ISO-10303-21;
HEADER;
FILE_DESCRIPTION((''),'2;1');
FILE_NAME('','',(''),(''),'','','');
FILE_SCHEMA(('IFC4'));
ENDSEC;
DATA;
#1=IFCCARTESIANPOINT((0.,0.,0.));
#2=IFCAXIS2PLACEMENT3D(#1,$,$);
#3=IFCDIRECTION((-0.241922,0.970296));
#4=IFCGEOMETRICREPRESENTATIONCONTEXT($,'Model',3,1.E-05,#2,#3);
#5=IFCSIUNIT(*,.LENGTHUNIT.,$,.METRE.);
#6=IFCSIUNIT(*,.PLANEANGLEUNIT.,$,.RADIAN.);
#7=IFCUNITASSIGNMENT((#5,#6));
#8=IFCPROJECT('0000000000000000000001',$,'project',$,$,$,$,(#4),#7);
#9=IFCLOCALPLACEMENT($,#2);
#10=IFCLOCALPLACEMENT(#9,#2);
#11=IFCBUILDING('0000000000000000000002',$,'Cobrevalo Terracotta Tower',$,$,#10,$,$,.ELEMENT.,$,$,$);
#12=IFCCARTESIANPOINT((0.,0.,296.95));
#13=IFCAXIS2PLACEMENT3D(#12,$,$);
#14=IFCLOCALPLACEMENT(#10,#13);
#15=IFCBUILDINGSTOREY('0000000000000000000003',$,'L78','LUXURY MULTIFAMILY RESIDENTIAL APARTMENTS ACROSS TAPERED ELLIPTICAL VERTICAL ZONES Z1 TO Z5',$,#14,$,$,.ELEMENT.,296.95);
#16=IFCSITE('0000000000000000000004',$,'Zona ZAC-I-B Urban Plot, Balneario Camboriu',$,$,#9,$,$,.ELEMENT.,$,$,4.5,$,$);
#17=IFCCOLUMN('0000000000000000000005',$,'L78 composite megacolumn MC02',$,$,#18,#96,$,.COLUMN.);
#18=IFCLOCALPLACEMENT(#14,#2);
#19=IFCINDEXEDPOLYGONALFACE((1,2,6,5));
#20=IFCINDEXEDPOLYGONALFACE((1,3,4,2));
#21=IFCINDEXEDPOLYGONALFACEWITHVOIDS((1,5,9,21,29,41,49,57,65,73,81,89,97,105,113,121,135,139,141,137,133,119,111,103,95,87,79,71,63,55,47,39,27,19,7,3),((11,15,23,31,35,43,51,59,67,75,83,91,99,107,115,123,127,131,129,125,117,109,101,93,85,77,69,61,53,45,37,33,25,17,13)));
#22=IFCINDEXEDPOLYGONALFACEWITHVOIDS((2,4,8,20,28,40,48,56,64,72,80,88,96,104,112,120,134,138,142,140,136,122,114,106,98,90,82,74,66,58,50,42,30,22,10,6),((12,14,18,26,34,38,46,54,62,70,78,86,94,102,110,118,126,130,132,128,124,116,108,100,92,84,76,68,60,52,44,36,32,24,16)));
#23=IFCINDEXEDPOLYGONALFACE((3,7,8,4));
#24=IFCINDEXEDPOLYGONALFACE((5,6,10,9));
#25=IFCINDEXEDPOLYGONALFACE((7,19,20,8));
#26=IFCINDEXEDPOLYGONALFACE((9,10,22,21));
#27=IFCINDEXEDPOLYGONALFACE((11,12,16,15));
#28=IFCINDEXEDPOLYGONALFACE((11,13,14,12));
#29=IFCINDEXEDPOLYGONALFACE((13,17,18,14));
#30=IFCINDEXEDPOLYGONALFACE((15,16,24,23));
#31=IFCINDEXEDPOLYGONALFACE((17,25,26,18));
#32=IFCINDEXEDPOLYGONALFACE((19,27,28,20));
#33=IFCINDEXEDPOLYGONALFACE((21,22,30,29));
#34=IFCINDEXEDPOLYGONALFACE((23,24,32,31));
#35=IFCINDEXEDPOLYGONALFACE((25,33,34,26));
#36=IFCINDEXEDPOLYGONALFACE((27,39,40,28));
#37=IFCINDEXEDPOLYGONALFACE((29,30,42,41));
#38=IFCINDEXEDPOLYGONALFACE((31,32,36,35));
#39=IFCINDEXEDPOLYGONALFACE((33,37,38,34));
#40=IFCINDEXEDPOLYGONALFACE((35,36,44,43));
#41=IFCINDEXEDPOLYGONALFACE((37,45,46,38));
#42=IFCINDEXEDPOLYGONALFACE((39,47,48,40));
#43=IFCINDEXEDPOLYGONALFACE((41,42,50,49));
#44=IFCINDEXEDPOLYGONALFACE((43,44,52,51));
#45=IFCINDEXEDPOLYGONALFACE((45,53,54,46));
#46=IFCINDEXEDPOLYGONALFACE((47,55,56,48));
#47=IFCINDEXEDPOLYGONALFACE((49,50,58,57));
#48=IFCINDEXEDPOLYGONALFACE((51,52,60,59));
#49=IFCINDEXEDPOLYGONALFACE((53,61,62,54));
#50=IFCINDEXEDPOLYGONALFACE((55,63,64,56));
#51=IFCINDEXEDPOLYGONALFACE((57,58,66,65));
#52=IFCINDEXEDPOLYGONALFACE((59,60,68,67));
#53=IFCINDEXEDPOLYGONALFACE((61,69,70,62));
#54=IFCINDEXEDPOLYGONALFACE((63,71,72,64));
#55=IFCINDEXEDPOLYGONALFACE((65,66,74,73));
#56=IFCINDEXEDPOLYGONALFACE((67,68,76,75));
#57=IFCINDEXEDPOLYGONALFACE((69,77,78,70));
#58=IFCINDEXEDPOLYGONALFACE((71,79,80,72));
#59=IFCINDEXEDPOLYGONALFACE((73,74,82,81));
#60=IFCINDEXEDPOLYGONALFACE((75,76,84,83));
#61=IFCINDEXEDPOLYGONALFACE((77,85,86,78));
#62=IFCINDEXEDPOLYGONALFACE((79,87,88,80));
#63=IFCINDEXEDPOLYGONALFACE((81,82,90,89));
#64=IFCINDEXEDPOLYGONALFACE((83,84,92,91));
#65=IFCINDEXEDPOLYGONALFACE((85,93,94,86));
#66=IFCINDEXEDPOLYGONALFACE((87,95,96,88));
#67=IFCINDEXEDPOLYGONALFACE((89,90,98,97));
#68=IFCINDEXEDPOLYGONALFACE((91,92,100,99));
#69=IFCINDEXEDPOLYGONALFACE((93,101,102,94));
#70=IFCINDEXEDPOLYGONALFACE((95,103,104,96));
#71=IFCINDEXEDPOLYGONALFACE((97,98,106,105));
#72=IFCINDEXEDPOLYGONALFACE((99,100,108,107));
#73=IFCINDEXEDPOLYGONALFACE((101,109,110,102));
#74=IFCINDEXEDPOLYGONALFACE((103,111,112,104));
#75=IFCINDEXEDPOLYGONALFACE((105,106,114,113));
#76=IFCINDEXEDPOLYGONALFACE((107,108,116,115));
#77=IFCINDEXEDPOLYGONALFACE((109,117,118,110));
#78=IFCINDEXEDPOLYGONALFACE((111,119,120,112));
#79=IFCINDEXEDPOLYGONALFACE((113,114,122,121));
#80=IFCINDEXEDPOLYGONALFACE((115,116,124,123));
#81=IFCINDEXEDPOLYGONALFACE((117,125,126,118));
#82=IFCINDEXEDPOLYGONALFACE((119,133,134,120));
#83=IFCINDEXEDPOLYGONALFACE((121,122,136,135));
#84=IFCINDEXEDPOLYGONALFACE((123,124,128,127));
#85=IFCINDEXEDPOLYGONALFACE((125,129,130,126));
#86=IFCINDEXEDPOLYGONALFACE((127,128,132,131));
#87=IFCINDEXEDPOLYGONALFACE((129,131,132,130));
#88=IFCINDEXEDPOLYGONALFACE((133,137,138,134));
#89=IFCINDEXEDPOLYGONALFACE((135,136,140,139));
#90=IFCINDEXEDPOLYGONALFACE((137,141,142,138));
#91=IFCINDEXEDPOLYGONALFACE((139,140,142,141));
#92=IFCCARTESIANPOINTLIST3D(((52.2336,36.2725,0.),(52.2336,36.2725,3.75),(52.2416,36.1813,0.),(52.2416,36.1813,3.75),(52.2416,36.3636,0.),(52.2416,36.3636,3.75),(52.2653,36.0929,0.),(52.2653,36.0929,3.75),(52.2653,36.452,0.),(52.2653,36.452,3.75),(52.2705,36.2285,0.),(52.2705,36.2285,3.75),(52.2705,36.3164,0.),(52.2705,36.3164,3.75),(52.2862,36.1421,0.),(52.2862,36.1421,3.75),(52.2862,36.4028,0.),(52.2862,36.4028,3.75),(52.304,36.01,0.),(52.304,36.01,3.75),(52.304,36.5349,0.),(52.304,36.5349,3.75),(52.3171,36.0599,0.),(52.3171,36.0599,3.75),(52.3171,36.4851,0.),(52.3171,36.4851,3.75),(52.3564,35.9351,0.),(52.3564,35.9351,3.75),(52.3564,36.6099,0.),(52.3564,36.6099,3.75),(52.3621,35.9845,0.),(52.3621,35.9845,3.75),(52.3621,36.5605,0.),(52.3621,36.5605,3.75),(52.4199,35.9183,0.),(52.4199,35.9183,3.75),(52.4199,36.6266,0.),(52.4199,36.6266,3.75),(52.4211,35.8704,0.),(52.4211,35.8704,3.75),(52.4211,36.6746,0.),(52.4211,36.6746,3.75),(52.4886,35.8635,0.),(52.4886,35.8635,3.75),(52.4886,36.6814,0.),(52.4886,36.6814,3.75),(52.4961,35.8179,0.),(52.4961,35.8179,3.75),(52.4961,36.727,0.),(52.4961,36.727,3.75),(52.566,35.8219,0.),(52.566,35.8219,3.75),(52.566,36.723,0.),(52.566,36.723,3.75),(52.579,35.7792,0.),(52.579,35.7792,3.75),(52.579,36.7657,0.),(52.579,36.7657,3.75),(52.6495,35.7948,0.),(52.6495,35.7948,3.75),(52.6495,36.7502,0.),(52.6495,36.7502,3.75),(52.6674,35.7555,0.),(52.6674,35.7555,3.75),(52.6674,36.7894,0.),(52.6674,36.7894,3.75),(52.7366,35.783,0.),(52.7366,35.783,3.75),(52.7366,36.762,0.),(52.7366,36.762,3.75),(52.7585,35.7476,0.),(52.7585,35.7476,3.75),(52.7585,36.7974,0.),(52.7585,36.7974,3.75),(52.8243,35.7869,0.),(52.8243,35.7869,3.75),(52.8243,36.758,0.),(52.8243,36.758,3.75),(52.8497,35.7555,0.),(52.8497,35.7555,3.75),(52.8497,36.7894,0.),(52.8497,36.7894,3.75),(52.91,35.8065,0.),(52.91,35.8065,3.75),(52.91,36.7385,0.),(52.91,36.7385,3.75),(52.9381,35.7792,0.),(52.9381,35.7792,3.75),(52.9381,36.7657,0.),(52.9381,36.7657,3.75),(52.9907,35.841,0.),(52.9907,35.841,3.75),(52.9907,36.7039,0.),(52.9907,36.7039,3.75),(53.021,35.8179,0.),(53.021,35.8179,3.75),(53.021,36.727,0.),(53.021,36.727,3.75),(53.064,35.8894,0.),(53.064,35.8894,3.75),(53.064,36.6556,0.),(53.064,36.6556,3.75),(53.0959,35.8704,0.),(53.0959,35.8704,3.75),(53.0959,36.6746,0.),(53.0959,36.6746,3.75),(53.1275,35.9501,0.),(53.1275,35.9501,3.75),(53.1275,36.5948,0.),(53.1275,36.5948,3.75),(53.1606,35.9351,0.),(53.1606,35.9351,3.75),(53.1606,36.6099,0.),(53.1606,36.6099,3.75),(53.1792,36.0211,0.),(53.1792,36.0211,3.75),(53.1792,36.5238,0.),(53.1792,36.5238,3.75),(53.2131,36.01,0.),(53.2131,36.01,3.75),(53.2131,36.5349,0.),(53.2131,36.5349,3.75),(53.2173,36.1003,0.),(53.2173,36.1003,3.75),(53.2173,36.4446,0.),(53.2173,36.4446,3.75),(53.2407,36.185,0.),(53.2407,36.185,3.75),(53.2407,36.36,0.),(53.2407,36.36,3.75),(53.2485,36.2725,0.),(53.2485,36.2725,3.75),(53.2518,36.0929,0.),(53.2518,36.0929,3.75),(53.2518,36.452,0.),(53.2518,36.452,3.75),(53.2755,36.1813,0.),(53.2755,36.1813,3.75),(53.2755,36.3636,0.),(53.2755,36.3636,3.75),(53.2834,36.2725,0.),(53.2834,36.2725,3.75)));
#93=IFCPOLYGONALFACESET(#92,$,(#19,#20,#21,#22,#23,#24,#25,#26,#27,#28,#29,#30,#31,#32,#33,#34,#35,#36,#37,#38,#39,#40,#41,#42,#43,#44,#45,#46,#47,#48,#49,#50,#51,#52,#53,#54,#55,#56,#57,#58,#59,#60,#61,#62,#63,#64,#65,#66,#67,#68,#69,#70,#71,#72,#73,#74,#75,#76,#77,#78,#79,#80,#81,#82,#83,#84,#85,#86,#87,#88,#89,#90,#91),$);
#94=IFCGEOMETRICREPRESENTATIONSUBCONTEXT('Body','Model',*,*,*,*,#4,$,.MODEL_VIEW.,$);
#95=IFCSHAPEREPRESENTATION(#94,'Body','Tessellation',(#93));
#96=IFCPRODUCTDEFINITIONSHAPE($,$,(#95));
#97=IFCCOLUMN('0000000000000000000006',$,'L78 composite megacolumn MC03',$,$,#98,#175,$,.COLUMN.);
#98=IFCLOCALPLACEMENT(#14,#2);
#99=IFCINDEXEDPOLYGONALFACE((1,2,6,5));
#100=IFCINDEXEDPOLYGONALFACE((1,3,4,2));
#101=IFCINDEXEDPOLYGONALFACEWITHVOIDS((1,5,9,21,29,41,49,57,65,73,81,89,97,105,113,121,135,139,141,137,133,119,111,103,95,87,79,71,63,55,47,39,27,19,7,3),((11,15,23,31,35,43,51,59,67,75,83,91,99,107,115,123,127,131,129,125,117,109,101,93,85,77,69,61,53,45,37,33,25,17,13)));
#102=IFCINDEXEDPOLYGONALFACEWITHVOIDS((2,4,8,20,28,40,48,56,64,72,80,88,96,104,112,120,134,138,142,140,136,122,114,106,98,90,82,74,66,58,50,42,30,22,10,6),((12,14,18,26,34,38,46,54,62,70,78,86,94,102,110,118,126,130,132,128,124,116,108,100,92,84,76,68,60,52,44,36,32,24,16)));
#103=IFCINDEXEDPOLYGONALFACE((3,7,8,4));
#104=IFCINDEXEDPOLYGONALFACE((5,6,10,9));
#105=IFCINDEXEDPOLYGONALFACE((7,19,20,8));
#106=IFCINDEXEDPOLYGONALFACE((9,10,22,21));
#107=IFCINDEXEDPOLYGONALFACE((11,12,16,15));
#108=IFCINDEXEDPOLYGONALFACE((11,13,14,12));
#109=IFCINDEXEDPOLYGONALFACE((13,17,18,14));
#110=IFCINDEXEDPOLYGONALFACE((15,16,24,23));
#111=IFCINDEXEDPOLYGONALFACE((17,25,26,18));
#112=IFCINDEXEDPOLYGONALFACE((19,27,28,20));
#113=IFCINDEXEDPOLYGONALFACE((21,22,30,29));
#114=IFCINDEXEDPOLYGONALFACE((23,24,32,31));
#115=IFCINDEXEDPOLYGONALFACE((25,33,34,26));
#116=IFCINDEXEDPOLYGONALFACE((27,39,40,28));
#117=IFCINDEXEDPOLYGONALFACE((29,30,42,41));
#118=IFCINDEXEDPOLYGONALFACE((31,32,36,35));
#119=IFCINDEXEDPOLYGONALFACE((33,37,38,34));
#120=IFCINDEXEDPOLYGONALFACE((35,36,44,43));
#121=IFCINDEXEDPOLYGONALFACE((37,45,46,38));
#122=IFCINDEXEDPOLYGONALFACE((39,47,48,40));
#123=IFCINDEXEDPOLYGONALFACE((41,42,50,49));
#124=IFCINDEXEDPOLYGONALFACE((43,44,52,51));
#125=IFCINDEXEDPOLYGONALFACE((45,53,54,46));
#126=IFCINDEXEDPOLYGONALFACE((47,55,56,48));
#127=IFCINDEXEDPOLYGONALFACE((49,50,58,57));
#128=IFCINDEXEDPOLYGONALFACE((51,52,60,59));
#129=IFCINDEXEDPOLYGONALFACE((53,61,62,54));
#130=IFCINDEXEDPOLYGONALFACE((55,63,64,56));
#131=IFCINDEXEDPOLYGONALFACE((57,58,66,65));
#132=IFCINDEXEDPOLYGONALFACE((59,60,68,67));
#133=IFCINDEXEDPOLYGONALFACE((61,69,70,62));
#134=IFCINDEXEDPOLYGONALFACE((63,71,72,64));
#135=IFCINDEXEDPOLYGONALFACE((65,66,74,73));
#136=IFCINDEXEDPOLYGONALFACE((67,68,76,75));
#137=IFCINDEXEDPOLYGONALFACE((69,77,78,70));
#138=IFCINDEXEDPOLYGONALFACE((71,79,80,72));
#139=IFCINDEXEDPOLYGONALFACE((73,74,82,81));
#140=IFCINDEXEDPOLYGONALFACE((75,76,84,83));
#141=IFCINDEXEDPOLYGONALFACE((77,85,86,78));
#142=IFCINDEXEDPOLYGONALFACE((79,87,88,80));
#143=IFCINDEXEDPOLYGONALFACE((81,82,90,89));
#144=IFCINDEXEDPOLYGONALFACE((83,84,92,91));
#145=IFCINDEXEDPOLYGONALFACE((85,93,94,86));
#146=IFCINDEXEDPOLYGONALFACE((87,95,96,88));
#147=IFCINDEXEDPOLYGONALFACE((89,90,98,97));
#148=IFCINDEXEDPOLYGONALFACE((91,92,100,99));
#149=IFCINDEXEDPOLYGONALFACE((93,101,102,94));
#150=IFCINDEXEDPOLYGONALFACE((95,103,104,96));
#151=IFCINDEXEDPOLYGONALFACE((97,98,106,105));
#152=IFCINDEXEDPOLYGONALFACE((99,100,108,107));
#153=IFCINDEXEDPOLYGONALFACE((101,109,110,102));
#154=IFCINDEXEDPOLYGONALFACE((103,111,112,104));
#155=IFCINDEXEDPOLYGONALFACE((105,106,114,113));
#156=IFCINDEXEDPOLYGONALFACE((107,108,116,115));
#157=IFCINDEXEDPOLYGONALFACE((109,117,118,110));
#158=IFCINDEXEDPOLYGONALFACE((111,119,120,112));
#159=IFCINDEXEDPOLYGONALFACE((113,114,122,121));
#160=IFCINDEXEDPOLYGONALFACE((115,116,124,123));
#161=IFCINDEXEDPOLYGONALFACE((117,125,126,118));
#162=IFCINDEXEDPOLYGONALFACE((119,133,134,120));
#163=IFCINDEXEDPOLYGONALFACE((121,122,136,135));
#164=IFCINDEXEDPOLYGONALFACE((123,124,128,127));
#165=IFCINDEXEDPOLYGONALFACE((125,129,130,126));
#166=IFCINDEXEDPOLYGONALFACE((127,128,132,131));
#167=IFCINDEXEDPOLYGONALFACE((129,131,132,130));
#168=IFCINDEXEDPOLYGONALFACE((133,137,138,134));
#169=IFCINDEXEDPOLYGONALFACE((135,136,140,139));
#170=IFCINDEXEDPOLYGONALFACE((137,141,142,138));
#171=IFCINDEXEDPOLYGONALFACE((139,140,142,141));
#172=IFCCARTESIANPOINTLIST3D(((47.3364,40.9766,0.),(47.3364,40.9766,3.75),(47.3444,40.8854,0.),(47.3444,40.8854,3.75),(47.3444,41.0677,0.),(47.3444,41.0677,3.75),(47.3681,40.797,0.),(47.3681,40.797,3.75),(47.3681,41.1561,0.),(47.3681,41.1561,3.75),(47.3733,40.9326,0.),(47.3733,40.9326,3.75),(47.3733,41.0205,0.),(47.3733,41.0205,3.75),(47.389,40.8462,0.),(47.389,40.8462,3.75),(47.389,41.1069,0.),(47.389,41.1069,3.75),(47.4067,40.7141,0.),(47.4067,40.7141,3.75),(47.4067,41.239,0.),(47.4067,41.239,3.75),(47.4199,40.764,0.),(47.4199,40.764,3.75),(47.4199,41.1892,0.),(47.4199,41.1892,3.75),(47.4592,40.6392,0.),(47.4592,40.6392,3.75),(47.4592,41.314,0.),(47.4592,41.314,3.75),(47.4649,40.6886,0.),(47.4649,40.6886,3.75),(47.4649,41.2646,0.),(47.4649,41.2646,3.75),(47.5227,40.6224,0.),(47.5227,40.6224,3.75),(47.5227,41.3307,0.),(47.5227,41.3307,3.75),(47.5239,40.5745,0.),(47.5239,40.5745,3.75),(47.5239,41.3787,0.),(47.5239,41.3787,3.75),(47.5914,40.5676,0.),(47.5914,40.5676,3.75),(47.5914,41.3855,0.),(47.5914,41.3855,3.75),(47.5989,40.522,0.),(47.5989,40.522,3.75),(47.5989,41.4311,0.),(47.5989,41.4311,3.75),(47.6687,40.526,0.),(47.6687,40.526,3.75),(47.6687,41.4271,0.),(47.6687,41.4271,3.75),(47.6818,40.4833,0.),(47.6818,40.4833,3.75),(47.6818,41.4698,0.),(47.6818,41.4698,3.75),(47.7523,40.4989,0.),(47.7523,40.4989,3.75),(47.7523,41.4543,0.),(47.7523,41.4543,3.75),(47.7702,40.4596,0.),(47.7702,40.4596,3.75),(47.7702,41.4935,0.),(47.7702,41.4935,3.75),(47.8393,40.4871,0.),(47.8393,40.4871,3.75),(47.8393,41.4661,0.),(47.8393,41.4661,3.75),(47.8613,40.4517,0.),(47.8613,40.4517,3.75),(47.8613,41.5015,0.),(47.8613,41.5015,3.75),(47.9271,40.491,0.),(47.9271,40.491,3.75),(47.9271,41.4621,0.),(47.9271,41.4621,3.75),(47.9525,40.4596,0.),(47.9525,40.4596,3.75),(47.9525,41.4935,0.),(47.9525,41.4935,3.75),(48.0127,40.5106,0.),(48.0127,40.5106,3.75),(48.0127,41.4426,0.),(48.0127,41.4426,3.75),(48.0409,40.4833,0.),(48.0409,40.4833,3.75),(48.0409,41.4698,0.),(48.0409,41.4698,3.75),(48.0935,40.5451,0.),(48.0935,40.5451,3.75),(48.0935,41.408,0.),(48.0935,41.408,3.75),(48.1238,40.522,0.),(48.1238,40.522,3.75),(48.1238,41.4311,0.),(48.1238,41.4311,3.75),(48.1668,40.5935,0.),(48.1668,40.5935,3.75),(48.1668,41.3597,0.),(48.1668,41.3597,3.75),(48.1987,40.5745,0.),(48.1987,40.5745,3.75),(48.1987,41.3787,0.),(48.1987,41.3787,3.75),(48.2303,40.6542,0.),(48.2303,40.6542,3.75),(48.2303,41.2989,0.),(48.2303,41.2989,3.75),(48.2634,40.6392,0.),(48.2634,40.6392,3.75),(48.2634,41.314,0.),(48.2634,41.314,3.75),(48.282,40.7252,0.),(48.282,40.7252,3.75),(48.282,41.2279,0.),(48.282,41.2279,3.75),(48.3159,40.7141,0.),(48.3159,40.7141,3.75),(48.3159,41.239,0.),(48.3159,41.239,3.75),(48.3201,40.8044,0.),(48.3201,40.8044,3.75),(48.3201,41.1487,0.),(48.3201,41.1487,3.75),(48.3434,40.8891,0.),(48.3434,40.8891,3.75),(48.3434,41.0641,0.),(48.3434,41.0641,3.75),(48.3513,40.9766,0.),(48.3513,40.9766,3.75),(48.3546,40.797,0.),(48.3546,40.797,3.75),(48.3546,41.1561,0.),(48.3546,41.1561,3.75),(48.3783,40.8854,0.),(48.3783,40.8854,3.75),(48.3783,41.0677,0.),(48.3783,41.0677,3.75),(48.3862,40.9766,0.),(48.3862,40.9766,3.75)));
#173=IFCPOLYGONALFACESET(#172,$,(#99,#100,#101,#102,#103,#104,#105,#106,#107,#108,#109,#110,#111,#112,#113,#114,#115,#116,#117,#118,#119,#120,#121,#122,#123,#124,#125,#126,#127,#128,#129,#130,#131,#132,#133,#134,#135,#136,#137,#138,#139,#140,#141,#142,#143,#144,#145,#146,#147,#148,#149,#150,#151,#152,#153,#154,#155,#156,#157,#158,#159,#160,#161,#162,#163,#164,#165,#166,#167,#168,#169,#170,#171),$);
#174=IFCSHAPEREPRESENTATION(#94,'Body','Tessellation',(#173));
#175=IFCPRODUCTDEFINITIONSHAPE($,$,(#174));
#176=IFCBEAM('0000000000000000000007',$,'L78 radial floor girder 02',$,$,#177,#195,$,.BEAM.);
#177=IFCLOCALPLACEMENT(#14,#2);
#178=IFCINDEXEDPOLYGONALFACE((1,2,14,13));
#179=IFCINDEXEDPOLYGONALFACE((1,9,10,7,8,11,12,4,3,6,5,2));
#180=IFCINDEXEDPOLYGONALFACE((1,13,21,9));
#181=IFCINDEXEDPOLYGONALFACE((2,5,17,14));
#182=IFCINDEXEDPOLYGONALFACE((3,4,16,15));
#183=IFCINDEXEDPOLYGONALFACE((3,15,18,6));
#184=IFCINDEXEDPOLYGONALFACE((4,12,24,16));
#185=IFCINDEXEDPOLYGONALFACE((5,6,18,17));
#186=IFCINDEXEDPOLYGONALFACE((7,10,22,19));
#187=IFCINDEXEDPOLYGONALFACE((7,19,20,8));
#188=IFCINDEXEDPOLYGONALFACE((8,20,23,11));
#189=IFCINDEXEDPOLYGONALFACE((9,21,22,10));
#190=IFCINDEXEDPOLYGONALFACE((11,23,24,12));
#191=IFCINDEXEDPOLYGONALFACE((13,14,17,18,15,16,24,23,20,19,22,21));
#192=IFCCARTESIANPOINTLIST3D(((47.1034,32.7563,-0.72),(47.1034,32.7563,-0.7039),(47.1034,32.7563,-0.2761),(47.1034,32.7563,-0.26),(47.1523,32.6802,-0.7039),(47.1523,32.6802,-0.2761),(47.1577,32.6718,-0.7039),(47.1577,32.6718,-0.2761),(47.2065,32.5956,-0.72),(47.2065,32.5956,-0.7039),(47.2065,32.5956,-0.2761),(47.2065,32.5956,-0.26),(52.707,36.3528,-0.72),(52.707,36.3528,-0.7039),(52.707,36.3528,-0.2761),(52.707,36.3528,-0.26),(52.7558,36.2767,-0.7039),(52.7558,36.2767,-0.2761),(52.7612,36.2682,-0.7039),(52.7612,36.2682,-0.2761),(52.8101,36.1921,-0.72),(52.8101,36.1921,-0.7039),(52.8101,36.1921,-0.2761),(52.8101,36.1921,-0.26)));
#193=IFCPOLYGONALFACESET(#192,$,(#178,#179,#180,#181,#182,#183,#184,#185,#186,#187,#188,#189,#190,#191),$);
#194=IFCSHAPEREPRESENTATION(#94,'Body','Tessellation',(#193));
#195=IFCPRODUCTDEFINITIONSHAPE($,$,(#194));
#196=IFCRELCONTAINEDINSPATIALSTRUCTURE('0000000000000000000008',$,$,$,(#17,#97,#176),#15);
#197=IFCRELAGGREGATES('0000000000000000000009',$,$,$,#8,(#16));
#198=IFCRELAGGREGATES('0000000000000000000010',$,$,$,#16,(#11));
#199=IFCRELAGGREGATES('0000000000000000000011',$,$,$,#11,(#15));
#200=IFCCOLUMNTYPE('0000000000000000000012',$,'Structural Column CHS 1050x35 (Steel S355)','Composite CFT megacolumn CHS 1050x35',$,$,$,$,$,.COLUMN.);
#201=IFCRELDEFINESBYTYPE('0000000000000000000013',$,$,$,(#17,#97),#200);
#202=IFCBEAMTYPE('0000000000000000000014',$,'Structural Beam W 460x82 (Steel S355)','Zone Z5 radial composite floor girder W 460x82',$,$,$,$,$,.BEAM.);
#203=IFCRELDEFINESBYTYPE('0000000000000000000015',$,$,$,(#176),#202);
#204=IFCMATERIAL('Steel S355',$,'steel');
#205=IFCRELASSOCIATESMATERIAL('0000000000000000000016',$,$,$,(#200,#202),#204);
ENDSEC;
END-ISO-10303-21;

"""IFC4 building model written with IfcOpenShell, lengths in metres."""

from ifc_helpers import new_model, si_unit, direction, frame, origin, origin_2d, place, context, subcontext, project, spatial, hollow_circle, i_section, extrude, material, material_profile, profile_set, type_object, element, save


model = new_model("IFC4")

# Units and contexts
model_context = context("Model", 3, precision=1e-05, world=origin(), true_north=direction((-0.241922, 0.970296)))
body_context = subcontext(model_context, "Body", "Model", "MODEL_VIEW")
ifc_project = project(units=[si_unit("LENGTHUNIT", "METRE"), si_unit("PLANEANGLEUNIT", "RADIAN")], contexts=[model_context])

# Site, building, storey
site_placement = place(None, origin())
site = spatial("IfcSite", under=ifc_project, at=site_placement, Name="Zona ZAC-I-B Urban Plot, Balneario Camboriu", CompositionType="ELEMENT", RefElevation=4.5)
building_placement = place(site_placement, origin())
building = spatial("IfcBuilding", under=site, at=building_placement, Name="Cobrevalo Terracotta Tower", CompositionType="ELEMENT")
storey_placement = place(building_placement, frame((0.0, 0.0, 296.95)))
storey = spatial("IfcBuildingStorey", under=building, at=storey_placement, Name="L78", Description="LUXURY MULTIFAMILY RESIDENTIAL APARTMENTS ACROSS TAPERED ELLIPTICAL VERTICAL ZONES Z1 TO Z5", CompositionType="ELEMENT", Elevation=296.95)

# Columns
ifc_material_1 = material(Name="Steel S355", Category="steel")
ifc_material_profile_1 = material_profile(ifc_material_1, hollow_circle(Radius=0.5249, WallThickness=0.0349, at=origin_2d()), Name="CHS 1050x35")
ifc_profile_set_1 = profile_set([ifc_material_profile_1], Name="Steel S355")
column_type = type_object("IfcColumnType", Name="Structural Column CHS 1050x35 (Steel S355)", Description="Composite CFT megacolumn CHS 1050x35", PredefinedType="COLUMN", material=ifc_profile_set_1)
for number, where, z_axis, x_axis, name in (
    (1, (52.7585, 36.2725, 0.0), (0.0, 0.0, 1.0), (1.0, 0.0, 0.0), "L78 composite megacolumn MC02"),
    (2, (47.8613, 40.9766, 0.0), (0.0, 0.0, 1.0), (1.0, 0.0, 0.0), "L78 composite megacolumn MC03"),
):
    element("IfcColumn", number, at=place(storey_placement, frame(where, z_axis=z_axis, x_axis=x_axis)), inside=storey, type_object=column_type, Name=name, PredefinedType="COLUMN", context=body_context, shape_type="SweptSolid", body=[
        extrude(hollow_circle(Radius=0.5249, WallThickness=0.0349, at=origin_2d()), origin(), (0.0, 0.0, 1.0), 3.75),
    ])

# Beam
ifc_material_profile_2 = material_profile(ifc_material_1, i_section(OverallWidth=0.1909, OverallDepth=0.46, WebThickness=0.01, FlangeThickness=0.0161, at=origin_2d()), Name="W 460x82")
ifc_profile_set_2 = profile_set([ifc_material_profile_2], Name="Steel S355")
beam_type_1 = type_object("IfcBeamType", Name="Structural Beam W 460x82 (Steel S355)", Description="Zone Z5 radial composite floor girder W 460x82", PredefinedType="BEAM", material=ifc_profile_set_2)
beam_1_placement = place(storey_placement, frame((52.7585, 36.2725, -0.49), z_axis=(-0.841576, -0.540138, 0.0), x_axis=(0.540138, -0.841576, 0.0)))
element("IfcBeam", 3, at=beam_1_placement, inside=storey, type_object=beam_type_1, Name="L78 radial floor girder 02", PredefinedType="BEAM", context=body_context, shape_type="SweptSolid", body=[
    extrude(i_section(OverallWidth=0.1909, OverallDepth=0.46, WebThickness=0.01, FlangeThickness=0.0161, at=origin_2d()), origin(), (0.0, 0.0, 1.0), 6.6584),
])

save(model, "model.ifc")
